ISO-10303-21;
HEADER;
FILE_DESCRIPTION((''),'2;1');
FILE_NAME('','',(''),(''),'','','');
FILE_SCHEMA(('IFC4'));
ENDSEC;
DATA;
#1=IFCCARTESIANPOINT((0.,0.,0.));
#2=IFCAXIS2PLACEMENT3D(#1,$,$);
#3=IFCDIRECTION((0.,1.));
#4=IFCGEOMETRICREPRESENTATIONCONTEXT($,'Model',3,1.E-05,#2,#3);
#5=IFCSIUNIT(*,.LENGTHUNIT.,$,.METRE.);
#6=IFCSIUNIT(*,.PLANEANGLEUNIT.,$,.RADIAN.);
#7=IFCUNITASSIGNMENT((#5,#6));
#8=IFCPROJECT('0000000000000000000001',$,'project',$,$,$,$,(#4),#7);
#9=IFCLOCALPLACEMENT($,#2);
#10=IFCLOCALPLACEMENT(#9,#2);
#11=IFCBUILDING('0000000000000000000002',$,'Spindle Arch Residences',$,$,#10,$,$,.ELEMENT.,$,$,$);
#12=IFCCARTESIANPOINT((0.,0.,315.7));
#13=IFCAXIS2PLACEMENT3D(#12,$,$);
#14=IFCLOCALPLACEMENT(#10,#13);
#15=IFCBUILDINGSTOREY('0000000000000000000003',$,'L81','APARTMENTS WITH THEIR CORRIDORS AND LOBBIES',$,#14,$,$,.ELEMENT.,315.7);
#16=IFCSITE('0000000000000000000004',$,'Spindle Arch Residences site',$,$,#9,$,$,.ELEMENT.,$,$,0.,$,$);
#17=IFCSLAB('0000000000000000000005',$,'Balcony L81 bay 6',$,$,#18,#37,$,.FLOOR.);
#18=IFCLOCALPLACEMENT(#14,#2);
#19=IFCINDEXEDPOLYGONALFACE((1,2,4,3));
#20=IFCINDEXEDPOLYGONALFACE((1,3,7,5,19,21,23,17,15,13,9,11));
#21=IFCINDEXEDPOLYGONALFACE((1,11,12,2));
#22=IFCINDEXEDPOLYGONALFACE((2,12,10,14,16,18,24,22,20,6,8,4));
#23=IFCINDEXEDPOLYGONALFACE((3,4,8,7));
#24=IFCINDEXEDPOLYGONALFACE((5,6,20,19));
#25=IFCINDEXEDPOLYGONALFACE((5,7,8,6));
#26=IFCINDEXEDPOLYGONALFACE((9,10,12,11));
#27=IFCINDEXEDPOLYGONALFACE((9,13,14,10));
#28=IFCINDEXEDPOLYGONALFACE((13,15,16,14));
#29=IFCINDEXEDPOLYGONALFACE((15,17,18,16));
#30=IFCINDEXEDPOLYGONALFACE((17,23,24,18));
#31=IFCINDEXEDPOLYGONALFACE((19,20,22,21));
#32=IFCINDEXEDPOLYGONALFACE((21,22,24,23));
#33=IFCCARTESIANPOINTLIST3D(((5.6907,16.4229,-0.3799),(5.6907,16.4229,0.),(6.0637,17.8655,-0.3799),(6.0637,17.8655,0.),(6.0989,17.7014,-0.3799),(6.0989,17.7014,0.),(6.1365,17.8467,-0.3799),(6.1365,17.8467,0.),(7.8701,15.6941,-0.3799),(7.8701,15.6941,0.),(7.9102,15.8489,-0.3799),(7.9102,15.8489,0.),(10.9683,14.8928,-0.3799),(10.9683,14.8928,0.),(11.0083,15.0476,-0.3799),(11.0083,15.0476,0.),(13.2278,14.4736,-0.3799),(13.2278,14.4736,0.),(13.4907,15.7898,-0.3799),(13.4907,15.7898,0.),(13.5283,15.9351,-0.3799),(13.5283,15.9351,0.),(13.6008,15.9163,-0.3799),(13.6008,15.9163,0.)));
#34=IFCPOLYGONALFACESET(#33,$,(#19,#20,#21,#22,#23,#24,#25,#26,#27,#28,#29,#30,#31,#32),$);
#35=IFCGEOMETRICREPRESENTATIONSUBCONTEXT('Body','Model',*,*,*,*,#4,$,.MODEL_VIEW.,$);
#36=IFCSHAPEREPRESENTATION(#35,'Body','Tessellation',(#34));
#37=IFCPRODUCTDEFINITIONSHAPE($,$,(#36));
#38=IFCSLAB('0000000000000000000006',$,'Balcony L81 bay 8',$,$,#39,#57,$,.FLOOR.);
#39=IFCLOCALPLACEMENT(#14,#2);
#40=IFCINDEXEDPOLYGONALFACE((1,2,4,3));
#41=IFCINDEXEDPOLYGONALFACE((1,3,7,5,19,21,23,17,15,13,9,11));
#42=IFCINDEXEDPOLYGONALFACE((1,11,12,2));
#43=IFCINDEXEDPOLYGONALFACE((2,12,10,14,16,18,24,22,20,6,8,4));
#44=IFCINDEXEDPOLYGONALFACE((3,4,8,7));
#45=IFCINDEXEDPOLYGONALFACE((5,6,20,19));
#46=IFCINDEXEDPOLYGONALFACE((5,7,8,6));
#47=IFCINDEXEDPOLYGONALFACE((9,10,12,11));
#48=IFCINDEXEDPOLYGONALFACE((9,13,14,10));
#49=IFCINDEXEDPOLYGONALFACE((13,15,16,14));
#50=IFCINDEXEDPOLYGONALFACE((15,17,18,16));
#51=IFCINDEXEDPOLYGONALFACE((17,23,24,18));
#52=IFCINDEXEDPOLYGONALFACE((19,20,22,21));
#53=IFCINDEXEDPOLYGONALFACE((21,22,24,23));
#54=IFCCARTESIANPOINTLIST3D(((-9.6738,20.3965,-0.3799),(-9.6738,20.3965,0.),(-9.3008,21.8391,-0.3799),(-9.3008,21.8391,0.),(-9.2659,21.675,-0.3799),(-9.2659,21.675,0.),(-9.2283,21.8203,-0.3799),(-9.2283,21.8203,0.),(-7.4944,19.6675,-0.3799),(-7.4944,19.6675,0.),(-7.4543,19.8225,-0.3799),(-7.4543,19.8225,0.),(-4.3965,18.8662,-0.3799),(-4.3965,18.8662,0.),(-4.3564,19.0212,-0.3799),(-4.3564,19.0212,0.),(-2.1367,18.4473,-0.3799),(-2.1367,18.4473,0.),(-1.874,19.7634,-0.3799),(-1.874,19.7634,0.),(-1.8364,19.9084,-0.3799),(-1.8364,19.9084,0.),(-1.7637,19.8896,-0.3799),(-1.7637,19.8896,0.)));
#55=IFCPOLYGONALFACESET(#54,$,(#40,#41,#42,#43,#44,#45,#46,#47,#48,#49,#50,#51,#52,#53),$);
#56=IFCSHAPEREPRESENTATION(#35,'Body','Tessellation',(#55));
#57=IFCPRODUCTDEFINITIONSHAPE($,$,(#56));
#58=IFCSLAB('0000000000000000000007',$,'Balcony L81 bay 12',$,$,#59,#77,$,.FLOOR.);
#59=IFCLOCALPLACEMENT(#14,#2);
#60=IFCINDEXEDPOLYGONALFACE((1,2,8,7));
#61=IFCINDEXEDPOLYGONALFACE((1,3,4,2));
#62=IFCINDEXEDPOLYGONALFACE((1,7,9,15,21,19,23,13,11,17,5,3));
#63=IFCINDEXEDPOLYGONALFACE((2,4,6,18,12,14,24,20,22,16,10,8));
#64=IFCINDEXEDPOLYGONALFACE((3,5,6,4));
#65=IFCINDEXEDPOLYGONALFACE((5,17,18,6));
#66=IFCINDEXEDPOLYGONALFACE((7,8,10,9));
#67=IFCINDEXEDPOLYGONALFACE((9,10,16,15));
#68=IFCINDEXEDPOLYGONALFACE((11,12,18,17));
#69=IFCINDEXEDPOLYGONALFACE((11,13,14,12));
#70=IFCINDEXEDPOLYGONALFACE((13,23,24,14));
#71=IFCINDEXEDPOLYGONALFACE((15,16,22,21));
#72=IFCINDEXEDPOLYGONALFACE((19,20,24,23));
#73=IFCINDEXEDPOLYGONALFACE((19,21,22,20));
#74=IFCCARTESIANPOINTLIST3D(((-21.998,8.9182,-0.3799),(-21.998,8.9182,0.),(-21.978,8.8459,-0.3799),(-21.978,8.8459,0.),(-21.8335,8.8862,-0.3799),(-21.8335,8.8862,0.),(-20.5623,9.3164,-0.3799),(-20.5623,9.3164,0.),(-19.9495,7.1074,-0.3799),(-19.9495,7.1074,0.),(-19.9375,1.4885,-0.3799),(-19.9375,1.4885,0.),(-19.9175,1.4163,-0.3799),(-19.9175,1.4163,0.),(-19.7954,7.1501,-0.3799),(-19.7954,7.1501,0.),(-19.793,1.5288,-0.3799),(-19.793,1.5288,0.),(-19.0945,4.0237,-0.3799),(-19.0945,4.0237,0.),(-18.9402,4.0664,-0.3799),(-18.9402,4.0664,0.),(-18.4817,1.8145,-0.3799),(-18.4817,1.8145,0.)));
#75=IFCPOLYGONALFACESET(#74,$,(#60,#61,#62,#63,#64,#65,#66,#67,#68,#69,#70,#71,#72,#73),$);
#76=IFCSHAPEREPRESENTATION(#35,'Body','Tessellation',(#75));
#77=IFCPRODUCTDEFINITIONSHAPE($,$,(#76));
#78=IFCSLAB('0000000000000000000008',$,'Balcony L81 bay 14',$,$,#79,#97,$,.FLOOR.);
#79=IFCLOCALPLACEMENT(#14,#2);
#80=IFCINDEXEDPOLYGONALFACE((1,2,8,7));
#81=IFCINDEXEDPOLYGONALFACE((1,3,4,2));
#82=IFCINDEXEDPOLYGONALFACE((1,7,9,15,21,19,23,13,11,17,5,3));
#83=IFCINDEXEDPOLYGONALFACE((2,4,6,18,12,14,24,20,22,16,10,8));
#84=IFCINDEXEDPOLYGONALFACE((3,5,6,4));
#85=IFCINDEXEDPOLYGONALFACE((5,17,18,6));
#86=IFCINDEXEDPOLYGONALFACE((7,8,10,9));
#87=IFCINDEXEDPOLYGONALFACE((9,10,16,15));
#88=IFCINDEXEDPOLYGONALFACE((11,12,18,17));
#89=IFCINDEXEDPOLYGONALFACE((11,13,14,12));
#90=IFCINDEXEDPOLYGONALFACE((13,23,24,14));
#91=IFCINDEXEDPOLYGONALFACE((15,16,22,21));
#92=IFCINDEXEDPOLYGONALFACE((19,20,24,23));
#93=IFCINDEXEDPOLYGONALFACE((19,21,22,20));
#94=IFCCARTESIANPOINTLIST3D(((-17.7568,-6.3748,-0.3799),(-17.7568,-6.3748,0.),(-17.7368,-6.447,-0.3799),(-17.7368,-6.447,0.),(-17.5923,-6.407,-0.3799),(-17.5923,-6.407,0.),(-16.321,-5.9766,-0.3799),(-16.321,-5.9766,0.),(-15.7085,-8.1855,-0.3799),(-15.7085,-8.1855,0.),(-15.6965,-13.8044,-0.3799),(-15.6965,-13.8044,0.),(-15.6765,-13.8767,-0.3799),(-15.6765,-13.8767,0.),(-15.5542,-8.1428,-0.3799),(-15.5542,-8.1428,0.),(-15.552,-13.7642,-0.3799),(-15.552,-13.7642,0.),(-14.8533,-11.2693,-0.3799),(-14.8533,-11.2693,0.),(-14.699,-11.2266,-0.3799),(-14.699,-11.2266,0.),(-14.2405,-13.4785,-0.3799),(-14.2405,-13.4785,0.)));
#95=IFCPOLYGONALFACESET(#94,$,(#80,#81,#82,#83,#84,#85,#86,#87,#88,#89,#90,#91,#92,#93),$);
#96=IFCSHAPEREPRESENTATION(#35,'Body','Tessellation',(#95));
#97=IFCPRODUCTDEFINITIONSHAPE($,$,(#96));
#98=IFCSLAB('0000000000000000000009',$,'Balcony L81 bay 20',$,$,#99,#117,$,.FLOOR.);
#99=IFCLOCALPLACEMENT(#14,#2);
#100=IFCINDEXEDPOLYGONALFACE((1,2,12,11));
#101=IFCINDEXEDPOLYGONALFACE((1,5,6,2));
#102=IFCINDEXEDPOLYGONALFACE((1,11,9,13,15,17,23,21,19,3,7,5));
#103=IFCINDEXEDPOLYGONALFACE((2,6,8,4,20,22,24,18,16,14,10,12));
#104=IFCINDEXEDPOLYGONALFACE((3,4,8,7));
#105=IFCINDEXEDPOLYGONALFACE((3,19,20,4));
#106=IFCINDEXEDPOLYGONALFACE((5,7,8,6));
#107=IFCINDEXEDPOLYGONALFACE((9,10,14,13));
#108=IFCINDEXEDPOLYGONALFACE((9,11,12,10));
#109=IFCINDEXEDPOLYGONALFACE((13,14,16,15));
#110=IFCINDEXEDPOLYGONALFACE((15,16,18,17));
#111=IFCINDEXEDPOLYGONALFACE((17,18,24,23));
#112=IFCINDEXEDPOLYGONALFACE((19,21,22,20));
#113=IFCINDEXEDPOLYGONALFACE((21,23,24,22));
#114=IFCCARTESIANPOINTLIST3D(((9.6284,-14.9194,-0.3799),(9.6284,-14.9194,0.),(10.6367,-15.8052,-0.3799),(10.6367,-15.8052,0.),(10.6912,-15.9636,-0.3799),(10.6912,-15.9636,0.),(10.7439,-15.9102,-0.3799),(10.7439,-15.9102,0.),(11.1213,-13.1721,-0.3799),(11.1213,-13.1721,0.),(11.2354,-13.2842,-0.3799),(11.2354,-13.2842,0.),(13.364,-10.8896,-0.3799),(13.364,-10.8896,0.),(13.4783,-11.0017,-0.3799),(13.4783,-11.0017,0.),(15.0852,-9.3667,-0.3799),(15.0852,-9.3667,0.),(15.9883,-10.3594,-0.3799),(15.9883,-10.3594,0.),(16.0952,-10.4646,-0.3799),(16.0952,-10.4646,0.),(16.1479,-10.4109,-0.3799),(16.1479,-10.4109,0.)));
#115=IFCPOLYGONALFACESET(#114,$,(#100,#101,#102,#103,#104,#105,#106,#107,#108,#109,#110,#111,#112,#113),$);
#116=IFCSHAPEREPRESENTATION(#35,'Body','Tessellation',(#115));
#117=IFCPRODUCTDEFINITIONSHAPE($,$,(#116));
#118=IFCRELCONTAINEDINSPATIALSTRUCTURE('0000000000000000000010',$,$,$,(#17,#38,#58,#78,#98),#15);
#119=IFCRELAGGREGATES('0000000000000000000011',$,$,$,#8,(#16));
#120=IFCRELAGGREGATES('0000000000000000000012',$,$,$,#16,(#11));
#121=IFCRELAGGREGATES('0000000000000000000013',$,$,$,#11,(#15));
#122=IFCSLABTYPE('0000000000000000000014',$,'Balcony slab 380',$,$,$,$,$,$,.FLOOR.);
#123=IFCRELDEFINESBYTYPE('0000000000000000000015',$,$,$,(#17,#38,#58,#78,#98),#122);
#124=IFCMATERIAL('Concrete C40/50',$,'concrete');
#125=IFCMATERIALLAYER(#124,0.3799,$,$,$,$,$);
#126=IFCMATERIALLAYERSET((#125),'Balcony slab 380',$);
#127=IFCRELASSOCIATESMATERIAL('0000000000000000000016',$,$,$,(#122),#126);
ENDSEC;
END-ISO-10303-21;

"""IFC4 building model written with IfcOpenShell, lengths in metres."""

from ifc_helpers import new_model, si_unit, direction, frame, origin, place, context, subcontext, project, spatial, polyline, outline, extrude, material, layer, layer_set, type_object, element, save


model = new_model("IFC4")

# Units and contexts
model_context = context("Model", 3, precision=1e-05, world=origin(), true_north=direction((0.0, 1.0)))
body_context = subcontext(model_context, "Body", "Model", "MODEL_VIEW")
ifc_project = project(units=[si_unit("LENGTHUNIT", "METRE"), si_unit("PLANEANGLEUNIT", "RADIAN")], contexts=[model_context])

# Site, building, storey
site_placement = place(None, origin())
site = spatial("IfcSite", under=ifc_project, at=site_placement, Name="Spindle Arch Residences site", CompositionType="ELEMENT", RefElevation=0.0)
building_placement = place(site_placement, origin())
building = spatial("IfcBuilding", under=site, at=building_placement, Name="Spindle Arch Residences", CompositionType="ELEMENT")
storey_placement = place(building_placement, frame((0.0, 0.0, 315.7)))
storey = spatial("IfcBuildingStorey", under=building, at=storey_placement, Name="L81", Description="APARTMENTS WITH THEIR CORRIDORS AND LOBBIES", CompositionType="ELEMENT", Elevation=315.7)

# Slabs
ifc_material_1 = material(Name="Concrete C40/50", Category="concrete")
ifc_layer_1 = layer(ifc_material_1, 0.3799)
ifc_layer_set_1 = layer_set([ifc_layer_1], Name="Balcony slab 380")
slab_type_1 = type_object("IfcSlabType", Name="Balcony slab 380", PredefinedType="FLOOR", material=ifc_layer_set_1)
slab_1_placement = place(storey_placement, frame((0.0, 0.0, -0.3799)))
element("IfcSlab", 1, at=slab_1_placement, inside=storey, type_object=slab_type_1, Name="Balcony L81 bay 6", PredefinedType="FLOOR", context=body_context, shape_type="SweptSolid", body=[
    extrude(outline(polyline([(13.6008, 15.9163), (13.5283, 15.9351), (13.4907, 15.7898), (6.0989, 17.7014), (6.1365, 17.8467), (6.0637, 17.8655), (5.6907, 16.4229), (7.9102, 15.8489), (7.8701, 15.6941), (10.9683, 14.8928), (11.0083, 15.0476), (13.2278, 14.4736), (13.6008, 15.9163)])), origin(), (0.0, 0.0, 1.0), 0.3799),
])
slab_2_placement = place(storey_placement, frame((0.0, 0.0, -0.3799)))
element("IfcSlab", 2, at=slab_2_placement, inside=storey, type_object=slab_type_1, Name="Balcony L81 bay 8", PredefinedType="FLOOR", context=body_context, shape_type="SweptSolid", body=[
    extrude(outline(polyline([(-1.7637, 19.8896), (-1.8364, 19.9084), (-1.874, 19.7634), (-9.2659, 21.675), (-9.2283, 21.8203), (-9.3008, 21.8391), (-9.6738, 20.3965), (-7.4543, 19.8225), (-7.4944, 19.6675), (-4.3965, 18.8662), (-4.3564, 19.0212), (-2.1367, 18.4473), (-1.7637, 19.8896)])), origin(), (0.0, 0.0, 1.0), 0.3799),
])
slab_3_placement = place(storey_placement, frame((0.0, 0.0, -0.3799)))
element("IfcSlab", 3, at=slab_3_placement, inside=storey, type_object=slab_type_1, Name="Balcony L81 bay 12", PredefinedType="FLOOR", context=body_context, shape_type="SweptSolid", body=[
    extrude(outline(polyline([(-21.998, 8.9182), (-21.978, 8.8459), (-21.8335, 8.8862), (-19.793, 1.5288), (-19.9375, 1.4885), (-19.9175, 1.4163), (-18.4817, 1.8145), (-19.0945, 4.0237), (-18.9402, 4.0664), (-19.7954, 7.1501), (-19.9495, 7.1074), (-20.5623, 9.3164), (-21.998, 8.9182)])), origin(), (0.0, 0.0, 1.0), 0.3799),
])
slab_4_placement = place(storey_placement, frame((0.0, 0.0, -0.3799)))
element("IfcSlab", 4, at=slab_4_placement, inside=storey, type_object=slab_type_1, Name="Balcony L81 bay 14", PredefinedType="FLOOR", context=body_context, shape_type="SweptSolid", body=[
    extrude(outline(polyline([(-17.7568, -6.3748), (-17.7368, -6.447), (-17.5923, -6.407), (-15.552, -13.7642), (-15.6965, -13.8044), (-15.6765, -13.8767), (-14.2405, -13.4785), (-14.8533, -11.2693), (-14.699, -11.2266), (-15.5542, -8.1428), (-15.7085, -8.1855), (-16.321, -5.9766), (-17.7568, -6.3748)])), origin(), (0.0, 0.0, 1.0), 0.3799),
])
slab_5_placement = place(storey_placement, frame((0.0, 0.0, -0.3799)))
element("IfcSlab", 5, at=slab_5_placement, inside=storey, type_object=slab_type_1, Name="Balcony L81 bay 20", PredefinedType="FLOOR", context=body_context, shape_type="SweptSolid", body=[
    extrude(outline(polyline([(10.6912, -15.9636), (10.7439, -15.9102), (10.6367, -15.8052), (15.9883, -10.3594), (16.0952, -10.4646), (16.1479, -10.4109), (15.0852, -9.3667), (13.4783, -11.0017), (13.364, -10.8896), (11.1213, -13.1721), (11.2354, -13.2842), (9.6284, -14.9194), (10.6912, -15.9636)])), origin(), (0.0, 0.0, 1.0), 0.3799),
])

save(model, "model.ifc")
